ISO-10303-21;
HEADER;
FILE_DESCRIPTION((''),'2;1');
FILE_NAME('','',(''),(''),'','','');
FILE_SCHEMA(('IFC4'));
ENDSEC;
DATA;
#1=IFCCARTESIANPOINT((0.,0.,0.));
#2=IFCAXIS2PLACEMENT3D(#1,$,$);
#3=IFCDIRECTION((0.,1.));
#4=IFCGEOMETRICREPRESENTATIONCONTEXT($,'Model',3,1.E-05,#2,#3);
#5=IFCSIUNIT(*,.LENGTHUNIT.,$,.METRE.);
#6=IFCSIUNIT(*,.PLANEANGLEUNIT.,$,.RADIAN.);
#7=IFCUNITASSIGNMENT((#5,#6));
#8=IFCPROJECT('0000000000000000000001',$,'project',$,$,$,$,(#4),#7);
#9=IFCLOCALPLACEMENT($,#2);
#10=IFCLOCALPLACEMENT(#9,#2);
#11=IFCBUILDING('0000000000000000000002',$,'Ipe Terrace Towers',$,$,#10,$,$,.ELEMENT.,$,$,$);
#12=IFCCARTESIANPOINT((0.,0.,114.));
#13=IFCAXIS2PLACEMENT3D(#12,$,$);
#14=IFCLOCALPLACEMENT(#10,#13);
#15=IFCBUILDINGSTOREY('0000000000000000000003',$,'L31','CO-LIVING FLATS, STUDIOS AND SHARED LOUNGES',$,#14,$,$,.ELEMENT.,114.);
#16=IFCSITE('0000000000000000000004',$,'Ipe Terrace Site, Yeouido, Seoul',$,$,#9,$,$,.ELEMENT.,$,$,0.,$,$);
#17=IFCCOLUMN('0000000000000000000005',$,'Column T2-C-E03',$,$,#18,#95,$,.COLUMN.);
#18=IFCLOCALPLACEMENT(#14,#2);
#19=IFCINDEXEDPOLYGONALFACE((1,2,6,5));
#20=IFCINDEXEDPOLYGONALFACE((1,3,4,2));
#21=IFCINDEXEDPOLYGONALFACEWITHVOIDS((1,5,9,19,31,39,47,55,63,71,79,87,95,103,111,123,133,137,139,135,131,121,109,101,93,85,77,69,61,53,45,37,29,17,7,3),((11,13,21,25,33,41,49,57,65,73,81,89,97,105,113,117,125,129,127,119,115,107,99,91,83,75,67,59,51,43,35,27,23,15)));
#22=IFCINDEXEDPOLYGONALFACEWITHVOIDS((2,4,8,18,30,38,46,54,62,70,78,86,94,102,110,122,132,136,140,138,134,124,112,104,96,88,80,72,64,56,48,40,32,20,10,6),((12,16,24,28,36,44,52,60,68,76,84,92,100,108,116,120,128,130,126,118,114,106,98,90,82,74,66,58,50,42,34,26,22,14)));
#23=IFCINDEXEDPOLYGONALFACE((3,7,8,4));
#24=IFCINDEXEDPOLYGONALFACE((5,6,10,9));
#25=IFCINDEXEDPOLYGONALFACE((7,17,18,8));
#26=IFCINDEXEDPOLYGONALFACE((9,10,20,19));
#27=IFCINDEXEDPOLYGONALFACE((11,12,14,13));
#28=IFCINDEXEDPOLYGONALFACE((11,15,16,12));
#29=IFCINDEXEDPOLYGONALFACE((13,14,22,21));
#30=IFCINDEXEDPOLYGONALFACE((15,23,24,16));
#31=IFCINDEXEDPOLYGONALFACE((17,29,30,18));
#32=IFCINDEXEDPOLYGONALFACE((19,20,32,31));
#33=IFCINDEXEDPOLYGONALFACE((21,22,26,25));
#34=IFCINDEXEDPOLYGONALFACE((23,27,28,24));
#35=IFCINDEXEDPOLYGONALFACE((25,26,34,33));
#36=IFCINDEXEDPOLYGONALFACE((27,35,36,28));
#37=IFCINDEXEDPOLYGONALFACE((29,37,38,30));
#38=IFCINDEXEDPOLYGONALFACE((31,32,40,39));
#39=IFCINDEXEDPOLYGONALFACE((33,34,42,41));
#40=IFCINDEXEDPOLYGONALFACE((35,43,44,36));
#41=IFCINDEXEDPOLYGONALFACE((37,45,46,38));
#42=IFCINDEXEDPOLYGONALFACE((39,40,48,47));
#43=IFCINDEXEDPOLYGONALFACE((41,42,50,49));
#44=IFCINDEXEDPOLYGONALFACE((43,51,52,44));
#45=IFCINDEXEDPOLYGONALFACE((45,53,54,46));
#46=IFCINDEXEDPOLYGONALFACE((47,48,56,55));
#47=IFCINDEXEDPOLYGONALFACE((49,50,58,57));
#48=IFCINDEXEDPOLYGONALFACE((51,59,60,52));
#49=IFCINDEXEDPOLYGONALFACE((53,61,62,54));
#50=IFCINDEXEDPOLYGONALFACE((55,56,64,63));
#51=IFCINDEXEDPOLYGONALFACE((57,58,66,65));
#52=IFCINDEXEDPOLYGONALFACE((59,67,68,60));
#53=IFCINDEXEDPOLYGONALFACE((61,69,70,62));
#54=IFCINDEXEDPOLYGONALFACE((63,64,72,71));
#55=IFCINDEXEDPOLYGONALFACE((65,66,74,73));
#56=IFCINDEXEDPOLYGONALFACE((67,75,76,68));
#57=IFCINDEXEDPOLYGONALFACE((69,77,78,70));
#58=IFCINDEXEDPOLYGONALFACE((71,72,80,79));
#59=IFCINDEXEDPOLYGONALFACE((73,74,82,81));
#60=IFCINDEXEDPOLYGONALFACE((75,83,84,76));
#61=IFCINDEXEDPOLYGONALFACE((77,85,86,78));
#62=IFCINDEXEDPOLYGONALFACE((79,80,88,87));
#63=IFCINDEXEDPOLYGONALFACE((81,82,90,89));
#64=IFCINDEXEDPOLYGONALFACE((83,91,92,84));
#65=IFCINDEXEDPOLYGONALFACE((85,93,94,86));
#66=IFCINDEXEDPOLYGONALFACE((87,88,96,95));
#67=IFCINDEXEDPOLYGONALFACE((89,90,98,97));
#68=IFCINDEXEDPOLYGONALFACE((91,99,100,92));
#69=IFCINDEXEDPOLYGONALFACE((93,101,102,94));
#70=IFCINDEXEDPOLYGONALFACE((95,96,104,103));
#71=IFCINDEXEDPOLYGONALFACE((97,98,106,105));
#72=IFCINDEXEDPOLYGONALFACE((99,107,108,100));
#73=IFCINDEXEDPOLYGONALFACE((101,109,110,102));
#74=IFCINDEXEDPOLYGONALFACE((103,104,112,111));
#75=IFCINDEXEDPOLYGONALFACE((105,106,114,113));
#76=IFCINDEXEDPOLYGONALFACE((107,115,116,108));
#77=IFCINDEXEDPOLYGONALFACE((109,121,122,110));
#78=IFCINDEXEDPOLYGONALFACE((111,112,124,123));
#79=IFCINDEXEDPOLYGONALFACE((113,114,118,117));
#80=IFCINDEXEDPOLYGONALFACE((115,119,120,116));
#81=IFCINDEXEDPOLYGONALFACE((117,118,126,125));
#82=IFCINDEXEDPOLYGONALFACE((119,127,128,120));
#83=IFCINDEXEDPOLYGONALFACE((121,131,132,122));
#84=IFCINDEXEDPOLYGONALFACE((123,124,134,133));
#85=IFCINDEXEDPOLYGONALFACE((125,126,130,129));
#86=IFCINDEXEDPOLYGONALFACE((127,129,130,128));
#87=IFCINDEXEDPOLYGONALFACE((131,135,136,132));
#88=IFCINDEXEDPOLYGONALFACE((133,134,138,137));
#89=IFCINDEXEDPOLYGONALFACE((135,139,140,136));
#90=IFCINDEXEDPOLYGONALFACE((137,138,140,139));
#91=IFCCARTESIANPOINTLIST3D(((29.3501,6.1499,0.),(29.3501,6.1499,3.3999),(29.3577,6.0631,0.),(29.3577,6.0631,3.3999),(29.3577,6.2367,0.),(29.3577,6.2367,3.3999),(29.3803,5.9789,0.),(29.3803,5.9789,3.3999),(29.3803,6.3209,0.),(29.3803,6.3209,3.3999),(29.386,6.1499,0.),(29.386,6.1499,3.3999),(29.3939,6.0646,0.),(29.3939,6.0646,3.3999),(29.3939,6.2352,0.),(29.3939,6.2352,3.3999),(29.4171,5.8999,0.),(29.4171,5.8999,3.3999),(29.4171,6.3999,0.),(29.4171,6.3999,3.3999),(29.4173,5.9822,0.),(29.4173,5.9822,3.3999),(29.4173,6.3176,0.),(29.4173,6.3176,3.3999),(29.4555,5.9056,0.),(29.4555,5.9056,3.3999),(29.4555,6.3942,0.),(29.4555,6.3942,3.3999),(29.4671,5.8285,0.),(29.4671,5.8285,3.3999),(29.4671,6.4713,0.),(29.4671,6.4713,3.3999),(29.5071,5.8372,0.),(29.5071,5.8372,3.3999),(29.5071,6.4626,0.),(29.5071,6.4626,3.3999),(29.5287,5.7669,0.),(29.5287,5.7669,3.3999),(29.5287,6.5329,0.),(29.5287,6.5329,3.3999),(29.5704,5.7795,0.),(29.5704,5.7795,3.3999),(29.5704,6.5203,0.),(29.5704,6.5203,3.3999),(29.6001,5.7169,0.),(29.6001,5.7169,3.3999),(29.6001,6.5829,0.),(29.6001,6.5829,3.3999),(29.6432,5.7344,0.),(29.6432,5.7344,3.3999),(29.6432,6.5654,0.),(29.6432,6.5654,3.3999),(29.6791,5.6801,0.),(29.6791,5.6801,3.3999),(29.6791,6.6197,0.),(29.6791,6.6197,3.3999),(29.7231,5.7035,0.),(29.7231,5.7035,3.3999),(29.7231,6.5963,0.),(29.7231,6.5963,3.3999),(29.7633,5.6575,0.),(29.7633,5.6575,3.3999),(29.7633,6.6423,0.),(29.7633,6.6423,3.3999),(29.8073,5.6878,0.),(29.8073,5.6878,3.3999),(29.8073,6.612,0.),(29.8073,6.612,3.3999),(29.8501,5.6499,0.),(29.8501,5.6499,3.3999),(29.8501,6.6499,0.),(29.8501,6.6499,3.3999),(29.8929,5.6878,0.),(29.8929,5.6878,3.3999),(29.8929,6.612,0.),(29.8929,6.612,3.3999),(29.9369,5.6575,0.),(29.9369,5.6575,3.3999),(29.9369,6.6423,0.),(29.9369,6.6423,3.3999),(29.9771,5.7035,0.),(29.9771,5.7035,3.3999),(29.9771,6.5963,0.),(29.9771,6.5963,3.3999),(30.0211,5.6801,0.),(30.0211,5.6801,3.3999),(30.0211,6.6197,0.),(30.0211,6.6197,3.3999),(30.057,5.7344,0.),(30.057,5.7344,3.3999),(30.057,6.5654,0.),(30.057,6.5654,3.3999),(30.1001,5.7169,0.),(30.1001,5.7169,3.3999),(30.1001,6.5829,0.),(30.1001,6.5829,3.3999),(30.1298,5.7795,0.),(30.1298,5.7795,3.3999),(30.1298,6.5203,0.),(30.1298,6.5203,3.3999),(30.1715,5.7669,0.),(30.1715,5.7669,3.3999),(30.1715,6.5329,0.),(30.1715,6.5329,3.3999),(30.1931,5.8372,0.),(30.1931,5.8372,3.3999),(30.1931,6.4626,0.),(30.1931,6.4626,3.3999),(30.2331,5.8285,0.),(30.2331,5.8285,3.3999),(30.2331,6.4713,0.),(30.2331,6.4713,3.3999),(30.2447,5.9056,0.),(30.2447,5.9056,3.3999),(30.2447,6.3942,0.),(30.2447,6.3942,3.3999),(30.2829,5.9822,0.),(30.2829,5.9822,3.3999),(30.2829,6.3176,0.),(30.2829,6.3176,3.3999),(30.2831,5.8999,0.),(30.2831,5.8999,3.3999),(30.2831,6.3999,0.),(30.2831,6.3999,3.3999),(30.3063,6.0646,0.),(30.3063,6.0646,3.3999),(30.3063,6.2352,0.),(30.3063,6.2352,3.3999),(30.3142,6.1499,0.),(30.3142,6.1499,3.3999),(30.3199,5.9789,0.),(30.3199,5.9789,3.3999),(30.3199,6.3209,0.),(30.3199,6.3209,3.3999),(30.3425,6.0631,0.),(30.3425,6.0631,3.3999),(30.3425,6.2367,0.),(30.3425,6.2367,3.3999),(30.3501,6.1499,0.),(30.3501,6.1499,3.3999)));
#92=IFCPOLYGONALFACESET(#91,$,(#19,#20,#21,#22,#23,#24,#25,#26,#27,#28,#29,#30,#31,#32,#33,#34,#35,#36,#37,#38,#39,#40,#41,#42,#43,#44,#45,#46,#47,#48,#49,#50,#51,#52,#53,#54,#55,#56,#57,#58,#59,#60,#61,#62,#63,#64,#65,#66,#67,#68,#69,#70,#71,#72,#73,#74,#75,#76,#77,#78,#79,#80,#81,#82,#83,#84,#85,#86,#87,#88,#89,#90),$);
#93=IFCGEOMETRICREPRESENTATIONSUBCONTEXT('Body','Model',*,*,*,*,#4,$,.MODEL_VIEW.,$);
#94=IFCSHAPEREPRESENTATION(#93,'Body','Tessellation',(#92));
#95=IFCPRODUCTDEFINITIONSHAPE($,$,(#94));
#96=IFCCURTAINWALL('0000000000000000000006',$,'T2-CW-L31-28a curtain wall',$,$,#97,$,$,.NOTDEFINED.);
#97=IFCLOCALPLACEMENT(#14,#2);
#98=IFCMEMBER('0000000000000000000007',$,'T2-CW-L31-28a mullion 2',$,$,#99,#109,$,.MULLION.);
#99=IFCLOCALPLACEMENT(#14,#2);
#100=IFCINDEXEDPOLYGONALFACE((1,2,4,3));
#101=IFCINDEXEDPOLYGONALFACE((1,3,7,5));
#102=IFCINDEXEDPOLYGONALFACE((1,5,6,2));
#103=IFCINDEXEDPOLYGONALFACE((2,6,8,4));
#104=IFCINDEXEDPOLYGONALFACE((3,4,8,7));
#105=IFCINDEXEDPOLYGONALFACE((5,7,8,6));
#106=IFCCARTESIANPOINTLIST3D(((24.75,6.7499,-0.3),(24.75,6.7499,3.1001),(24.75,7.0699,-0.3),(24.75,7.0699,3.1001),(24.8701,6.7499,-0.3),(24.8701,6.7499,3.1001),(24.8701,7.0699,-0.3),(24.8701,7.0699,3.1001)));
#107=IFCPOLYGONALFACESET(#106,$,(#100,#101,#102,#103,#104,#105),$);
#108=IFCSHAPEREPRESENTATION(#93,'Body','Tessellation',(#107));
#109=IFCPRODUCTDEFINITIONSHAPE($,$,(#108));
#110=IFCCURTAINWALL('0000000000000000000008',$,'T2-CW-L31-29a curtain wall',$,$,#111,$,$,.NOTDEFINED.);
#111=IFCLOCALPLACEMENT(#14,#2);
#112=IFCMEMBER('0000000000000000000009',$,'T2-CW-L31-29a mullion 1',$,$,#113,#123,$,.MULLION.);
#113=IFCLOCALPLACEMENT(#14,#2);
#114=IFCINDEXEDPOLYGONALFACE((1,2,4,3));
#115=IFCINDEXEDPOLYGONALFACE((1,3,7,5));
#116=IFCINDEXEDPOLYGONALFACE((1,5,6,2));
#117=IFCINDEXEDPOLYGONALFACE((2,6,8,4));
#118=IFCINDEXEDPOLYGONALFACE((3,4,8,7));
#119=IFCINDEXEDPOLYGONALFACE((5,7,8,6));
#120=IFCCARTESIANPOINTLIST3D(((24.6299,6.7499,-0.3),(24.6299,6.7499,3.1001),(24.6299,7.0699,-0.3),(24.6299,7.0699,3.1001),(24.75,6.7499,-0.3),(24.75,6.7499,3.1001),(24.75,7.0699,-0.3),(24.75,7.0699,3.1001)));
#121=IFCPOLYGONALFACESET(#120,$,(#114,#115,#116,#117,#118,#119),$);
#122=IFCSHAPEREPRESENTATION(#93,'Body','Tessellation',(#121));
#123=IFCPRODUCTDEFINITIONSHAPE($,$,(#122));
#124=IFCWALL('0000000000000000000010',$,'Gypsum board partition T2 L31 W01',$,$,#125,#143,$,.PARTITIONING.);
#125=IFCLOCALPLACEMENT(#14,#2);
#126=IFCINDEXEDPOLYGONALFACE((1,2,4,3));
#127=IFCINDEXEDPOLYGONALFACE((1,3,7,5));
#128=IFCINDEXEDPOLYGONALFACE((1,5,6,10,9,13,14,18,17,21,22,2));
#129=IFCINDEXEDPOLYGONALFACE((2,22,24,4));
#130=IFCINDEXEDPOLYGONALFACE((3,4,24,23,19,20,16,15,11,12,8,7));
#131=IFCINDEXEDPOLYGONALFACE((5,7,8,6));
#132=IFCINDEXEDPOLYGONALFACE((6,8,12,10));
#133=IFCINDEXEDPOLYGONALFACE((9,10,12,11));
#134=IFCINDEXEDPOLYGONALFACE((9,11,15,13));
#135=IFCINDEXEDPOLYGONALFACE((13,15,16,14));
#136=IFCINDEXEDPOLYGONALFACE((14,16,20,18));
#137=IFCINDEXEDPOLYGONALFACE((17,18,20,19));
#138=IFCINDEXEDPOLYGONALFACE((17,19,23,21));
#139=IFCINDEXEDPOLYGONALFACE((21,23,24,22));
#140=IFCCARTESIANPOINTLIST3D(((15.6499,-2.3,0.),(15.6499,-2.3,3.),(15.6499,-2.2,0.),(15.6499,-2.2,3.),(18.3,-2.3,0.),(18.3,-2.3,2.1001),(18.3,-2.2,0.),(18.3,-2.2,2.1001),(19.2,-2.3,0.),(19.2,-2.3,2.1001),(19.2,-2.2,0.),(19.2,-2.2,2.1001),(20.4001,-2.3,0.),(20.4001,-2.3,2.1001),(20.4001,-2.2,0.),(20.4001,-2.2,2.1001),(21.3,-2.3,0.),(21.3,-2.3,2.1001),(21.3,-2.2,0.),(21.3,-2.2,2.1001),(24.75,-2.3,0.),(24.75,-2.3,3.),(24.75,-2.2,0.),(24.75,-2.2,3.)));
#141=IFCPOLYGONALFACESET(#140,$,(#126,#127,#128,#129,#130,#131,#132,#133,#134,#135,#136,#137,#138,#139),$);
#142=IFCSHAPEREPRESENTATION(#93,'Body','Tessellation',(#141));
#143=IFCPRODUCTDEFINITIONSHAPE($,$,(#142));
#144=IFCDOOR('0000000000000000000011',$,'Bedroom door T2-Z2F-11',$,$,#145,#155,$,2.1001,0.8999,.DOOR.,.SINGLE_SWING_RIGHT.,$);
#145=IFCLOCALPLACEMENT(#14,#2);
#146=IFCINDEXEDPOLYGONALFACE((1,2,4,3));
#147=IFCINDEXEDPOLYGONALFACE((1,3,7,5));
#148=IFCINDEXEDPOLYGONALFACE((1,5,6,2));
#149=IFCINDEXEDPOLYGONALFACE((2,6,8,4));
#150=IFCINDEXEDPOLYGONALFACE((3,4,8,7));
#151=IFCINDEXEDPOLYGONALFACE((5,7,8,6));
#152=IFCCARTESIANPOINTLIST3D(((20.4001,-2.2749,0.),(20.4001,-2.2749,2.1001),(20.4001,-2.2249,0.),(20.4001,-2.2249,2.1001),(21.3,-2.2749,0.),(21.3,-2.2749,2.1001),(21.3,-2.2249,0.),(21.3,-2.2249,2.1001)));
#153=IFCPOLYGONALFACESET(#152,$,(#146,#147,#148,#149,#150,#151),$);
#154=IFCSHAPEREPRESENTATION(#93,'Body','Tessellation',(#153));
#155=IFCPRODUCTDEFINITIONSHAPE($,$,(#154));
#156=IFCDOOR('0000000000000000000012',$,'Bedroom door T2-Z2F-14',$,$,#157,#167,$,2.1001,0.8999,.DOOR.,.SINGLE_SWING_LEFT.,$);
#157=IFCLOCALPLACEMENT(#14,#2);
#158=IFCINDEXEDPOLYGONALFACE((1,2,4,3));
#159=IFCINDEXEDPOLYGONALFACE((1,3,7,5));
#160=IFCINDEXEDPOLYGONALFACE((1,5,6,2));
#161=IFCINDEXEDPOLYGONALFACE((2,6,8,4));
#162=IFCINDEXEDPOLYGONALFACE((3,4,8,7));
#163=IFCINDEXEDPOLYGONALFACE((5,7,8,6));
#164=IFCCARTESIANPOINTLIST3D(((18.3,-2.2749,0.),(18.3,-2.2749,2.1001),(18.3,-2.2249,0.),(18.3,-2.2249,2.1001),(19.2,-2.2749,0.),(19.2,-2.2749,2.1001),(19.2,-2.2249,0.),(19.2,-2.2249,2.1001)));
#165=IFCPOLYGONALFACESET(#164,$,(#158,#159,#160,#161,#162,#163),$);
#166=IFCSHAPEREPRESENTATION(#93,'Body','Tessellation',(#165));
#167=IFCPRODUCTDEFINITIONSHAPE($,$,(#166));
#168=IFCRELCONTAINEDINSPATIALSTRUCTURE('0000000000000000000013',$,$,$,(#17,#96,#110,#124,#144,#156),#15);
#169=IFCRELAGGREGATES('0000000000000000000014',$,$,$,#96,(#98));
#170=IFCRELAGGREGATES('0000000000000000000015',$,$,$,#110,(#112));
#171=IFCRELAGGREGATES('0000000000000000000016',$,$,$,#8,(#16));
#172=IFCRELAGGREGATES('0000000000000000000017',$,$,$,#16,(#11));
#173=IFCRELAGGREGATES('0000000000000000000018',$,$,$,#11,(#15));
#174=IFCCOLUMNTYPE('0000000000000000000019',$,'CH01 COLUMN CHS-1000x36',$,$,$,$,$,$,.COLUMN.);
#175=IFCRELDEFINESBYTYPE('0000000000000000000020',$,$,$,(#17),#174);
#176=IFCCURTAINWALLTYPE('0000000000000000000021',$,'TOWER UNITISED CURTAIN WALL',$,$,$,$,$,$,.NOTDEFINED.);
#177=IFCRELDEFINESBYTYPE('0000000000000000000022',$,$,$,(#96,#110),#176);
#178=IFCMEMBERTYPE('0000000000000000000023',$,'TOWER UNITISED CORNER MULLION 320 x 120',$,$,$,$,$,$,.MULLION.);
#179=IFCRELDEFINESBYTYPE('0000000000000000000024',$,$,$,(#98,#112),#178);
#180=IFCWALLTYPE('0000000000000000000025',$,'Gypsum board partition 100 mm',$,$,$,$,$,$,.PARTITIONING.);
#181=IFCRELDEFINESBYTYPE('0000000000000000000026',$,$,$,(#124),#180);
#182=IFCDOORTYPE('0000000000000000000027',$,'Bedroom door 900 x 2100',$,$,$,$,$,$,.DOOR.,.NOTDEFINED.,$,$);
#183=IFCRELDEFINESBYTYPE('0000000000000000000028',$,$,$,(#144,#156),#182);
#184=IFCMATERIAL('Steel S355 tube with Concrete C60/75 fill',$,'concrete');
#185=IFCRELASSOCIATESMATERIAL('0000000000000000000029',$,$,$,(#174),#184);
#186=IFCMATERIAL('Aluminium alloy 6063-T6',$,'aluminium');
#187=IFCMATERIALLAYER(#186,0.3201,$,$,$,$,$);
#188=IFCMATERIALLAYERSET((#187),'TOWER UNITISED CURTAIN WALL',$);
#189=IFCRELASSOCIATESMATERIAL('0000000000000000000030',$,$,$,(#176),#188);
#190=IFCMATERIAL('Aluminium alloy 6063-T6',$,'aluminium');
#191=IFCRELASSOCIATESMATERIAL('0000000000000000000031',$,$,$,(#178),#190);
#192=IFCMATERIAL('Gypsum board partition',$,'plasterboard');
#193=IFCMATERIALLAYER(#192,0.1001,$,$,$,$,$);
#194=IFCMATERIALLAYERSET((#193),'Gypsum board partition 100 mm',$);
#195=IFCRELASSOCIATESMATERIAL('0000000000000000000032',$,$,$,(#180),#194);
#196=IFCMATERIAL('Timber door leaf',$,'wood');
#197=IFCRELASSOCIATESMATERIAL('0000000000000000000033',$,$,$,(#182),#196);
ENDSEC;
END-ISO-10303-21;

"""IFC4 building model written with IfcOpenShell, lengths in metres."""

from ifc_helpers import new_model, si_unit, direction, frame, frame_2d, origin, origin_2d, place, context, subcontext, project, spatial, rectangle, hollow_circle, extrude, material, layer, layer_set, material_profile, profile_set, type_object, element, fill, aggregate, save


model = new_model("IFC4")

# Units and contexts
model_context = context("Model", 3, precision=1e-05, world=origin(), true_north=direction((0.0, 1.0)))
body_context = subcontext(model_context, "Body", "Model", "MODEL_VIEW")
ifc_project = project(units=[si_unit("LENGTHUNIT", "METRE"), si_unit("PLANEANGLEUNIT", "RADIAN")], contexts=[model_context])

# Site, building, storey
site_placement = place(None, origin())
site = spatial("IfcSite", under=ifc_project, at=site_placement, Name="Ipe Terrace Site, Yeouido, Seoul", CompositionType="ELEMENT", RefElevation=0.0)
building_placement = place(site_placement, origin())
building = spatial("IfcBuilding", under=site, at=building_placement, Name="Ipe Terrace Towers", CompositionType="ELEMENT")
storey_placement = place(building_placement, frame((0.0, 0.0, 114.0)))
storey = spatial("IfcBuildingStorey", under=building, at=storey_placement, Name="L31", Description="CO-LIVING FLATS, STUDIOS AND SHARED LOUNGES", CompositionType="ELEMENT", Elevation=114.0)

# Column
ifc_material_1 = material(Name="Steel S355 tube with Concrete C60/75 fill", Category="concrete")
ifc_material_profile_1 = material_profile(ifc_material_1, hollow_circle(Radius=0.5, WallThickness=0.0359, at=origin_2d()), Name="CHS-1000x36")
ifc_profile_set_1 = profile_set([ifc_material_profile_1], Name="Steel S355 tube with Concrete C60/75 fill")
column_type = type_object("IfcColumnType", Name="CH01 COLUMN CHS-1000x36", PredefinedType="COLUMN", material=ifc_profile_set_1)
column_placement = place(storey_placement, frame((29.8501, 6.1499, 0.0), z_axis=(0.0, 0.0, 1.0), x_axis=(1.0, 0.0, 0.0)))
element("IfcColumn", 1, at=column_placement, inside=storey, type_object=column_type, Name="Column T2-C-E03", PredefinedType="COLUMN", context=body_context, shape_type="SweptSolid", body=[
    extrude(hollow_circle(Radius=0.5, WallThickness=0.0359, at=origin_2d()), origin(), (0.0, 0.0, 1.0), 3.3999),
])

# Curtain walls, members
ifc_material_2 = material(Name="Aluminium alloy 6063-T6", Category="aluminium")
ifc_layer_1 = layer(ifc_material_2, 0.3201)
ifc_layer_set_1 = layer_set([ifc_layer_1], Name="TOWER UNITISED CURTAIN WALL")
curtain_wall_type = type_object("IfcCurtainWallType", Name="TOWER UNITISED CURTAIN WALL", PredefinedType="NOTDEFINED", material=ifc_layer_set_1)
curtain_wall_1_placement = place(storey_placement, origin())
curtain_wall_1 = element("IfcCurtainWall", 2, at=curtain_wall_1_placement, inside=storey, type_object=curtain_wall_type, Name="T2-CW-L31-28a curtain wall", PredefinedType="NOTDEFINED")
ifc_material_3 = material(Name="Aluminium alloy 6063-T6", Category="aluminium")
ifc_material_profile_2 = material_profile(ifc_material_3, rectangle(XDim=0.3201, YDim=0.1201, at=origin_2d()), Name="TOWER UNITISED CORNER MULLION 320 x 120")
ifc_profile_set_2 = profile_set([ifc_material_profile_2], Name="Aluminium alloy 6063-T6")
member_type = type_object("IfcMemberType", Name="TOWER UNITISED CORNER MULLION 320 x 120", PredefinedType="MULLION", material=ifc_profile_set_2)
member_1_placement = place(storey_placement, frame((24.8101, 6.9099, -0.3), z_axis=(0.0, 0.0, 1.0), x_axis=(0.0, 1.0, 0.0)))
member_1 = element("IfcMember", 3, at=member_1_placement, type_object=member_type, Name="T2-CW-L31-28a mullion 2", PredefinedType="MULLION", context=body_context, shape_type="SweptSolid", body=[
    extrude(rectangle(XDim=0.3201, YDim=0.1201, at=origin_2d()), origin(), (0.0, 0.0, 1.0), 3.4001),
])
aggregate(curtain_wall_1, [member_1])
curtain_wall_2_placement = place(storey_placement, origin())
curtain_wall_2 = element("IfcCurtainWall", 4, at=curtain_wall_2_placement, inside=storey, type_object=curtain_wall_type, Name="T2-CW-L31-29a curtain wall", PredefinedType="NOTDEFINED")
member_2_placement = place(storey_placement, frame((24.6899, 6.9099, -0.3), z_axis=(0.0, 0.0, 1.0), x_axis=(0.0, 1.0, 0.0)))
member_2 = element("IfcMember", 5, at=member_2_placement, type_object=member_type, Name="T2-CW-L31-29a mullion 1", PredefinedType="MULLION", context=body_context, shape_type="SweptSolid", body=[
    extrude(rectangle(XDim=0.3201, YDim=0.1201, at=origin_2d()), origin(), (0.0, 0.0, 1.0), 3.4001),
])
aggregate(curtain_wall_2, [member_2])

# Wall, openings, doors
ifc_material_4 = material(Name="Gypsum board partition", Category="plasterboard")
ifc_layer_2 = layer(ifc_material_4, 0.1001)
ifc_layer_set_2 = layer_set([ifc_layer_2], Name="Gypsum board partition 100 mm")
wall_type = type_object("IfcWallType", Name="Gypsum board partition 100 mm", PredefinedType="PARTITIONING", material=ifc_layer_set_2)
wall_1_placement = place(storey_placement, frame((24.75, -2.25, 0.0), z_axis=(0.0, 0.0, 1.0), x_axis=(-1.0, 0.0, 0.0)))
wall_1 = element("IfcWall", 6, at=wall_1_placement, inside=storey, type_object=wall_type, Name="Gypsum board partition T2 L31 W01", PredefinedType="PARTITIONING", context=body_context, shape_type="SweptSolid", body=[
    extrude(rectangle(XDim=9.1001, YDim=0.1001, at=frame_2d((4.55, 0.0))), origin(), (0.0, 0.0, 1.0), 3.0),
])
opening_1_placement = place(wall_1_placement, frame((3.45, 0.0, 0.0)))
opening_1 = element("IfcOpeningElement", 7, at=opening_1_placement, cuts=wall_1, PredefinedType="OPENING", context=body_context, shape_type="SweptSolid", body=[
    extrude(rectangle(XDim=0.8999, YDim=2.1001, at=frame_2d((0.45, 1.05))), frame((0.0, 0.0601, 0.0), z_axis=(0.0, -1.0, 0.0), x_axis=(1.0, 0.0, 0.0)), (0.0, 0.0, 1.0), 0.1201),
])
opening_2_placement = place(wall_1_placement, frame((5.55, 0.0, 0.0)))
opening_2 = element("IfcOpeningElement", 8, at=opening_2_placement, cuts=wall_1, PredefinedType="OPENING", context=body_context, shape_type="SweptSolid", body=[
    extrude(rectangle(XDim=0.8999, YDim=2.1001, at=frame_2d((0.45, 1.05))), frame((0.0, 0.0601, 0.0), z_axis=(0.0, -1.0, 0.0), x_axis=(1.0, 0.0, 0.0)), (0.0, 0.0, 1.0), 0.1201),
])
ifc_material_5 = material(Name="Timber door leaf", Category="wood")
door_type_1 = type_object("IfcDoorType", Name="Bedroom door 900 x 2100", OperationType="NOTDEFINED", PredefinedType="DOOR", material=ifc_material_5)
door_1_placement = place(opening_1_placement, origin())
door_1 = element("IfcDoor", 9, at=door_1_placement, inside=storey, type_object=door_type_1, Name="Bedroom door T2-Z2F-11", OperationType="SINGLE_SWING_RIGHT", OverallHeight=2.1001, OverallWidth=0.8999, PredefinedType="DOOR", context=body_context, shape_type="SweptSolid", body=[
    extrude(rectangle(XDim=0.8999, YDim=2.1001, at=frame_2d((0.45, 1.05))), frame((0.0, 0.0249, 0.0), z_axis=(0.0, -1.0, 0.0), x_axis=(1.0, 0.0, 0.0)), (0.0, 0.0, 1.0), 0.05),
])
fill(opening_1, door_1)
door_2_placement = place(opening_2_placement, origin())
door_2 = element("IfcDoor", 10, at=door_2_placement, inside=storey, type_object=door_type_1, Name="Bedroom door T2-Z2F-14", OperationType="SINGLE_SWING_LEFT", OverallHeight=2.1001, OverallWidth=0.8999, PredefinedType="DOOR", context=body_context, shape_type="SweptSolid", body=[
    extrude(rectangle(XDim=0.8999, YDim=2.1001, at=frame_2d((0.45, 1.05))), frame((0.0, 0.0249, 0.0), z_axis=(0.0, -1.0, 0.0), x_axis=(1.0, 0.0, 0.0)), (0.0, 0.0, 1.0), 0.05),
])
fill(opening_2, door_2)

save(model, "model.ifc")
